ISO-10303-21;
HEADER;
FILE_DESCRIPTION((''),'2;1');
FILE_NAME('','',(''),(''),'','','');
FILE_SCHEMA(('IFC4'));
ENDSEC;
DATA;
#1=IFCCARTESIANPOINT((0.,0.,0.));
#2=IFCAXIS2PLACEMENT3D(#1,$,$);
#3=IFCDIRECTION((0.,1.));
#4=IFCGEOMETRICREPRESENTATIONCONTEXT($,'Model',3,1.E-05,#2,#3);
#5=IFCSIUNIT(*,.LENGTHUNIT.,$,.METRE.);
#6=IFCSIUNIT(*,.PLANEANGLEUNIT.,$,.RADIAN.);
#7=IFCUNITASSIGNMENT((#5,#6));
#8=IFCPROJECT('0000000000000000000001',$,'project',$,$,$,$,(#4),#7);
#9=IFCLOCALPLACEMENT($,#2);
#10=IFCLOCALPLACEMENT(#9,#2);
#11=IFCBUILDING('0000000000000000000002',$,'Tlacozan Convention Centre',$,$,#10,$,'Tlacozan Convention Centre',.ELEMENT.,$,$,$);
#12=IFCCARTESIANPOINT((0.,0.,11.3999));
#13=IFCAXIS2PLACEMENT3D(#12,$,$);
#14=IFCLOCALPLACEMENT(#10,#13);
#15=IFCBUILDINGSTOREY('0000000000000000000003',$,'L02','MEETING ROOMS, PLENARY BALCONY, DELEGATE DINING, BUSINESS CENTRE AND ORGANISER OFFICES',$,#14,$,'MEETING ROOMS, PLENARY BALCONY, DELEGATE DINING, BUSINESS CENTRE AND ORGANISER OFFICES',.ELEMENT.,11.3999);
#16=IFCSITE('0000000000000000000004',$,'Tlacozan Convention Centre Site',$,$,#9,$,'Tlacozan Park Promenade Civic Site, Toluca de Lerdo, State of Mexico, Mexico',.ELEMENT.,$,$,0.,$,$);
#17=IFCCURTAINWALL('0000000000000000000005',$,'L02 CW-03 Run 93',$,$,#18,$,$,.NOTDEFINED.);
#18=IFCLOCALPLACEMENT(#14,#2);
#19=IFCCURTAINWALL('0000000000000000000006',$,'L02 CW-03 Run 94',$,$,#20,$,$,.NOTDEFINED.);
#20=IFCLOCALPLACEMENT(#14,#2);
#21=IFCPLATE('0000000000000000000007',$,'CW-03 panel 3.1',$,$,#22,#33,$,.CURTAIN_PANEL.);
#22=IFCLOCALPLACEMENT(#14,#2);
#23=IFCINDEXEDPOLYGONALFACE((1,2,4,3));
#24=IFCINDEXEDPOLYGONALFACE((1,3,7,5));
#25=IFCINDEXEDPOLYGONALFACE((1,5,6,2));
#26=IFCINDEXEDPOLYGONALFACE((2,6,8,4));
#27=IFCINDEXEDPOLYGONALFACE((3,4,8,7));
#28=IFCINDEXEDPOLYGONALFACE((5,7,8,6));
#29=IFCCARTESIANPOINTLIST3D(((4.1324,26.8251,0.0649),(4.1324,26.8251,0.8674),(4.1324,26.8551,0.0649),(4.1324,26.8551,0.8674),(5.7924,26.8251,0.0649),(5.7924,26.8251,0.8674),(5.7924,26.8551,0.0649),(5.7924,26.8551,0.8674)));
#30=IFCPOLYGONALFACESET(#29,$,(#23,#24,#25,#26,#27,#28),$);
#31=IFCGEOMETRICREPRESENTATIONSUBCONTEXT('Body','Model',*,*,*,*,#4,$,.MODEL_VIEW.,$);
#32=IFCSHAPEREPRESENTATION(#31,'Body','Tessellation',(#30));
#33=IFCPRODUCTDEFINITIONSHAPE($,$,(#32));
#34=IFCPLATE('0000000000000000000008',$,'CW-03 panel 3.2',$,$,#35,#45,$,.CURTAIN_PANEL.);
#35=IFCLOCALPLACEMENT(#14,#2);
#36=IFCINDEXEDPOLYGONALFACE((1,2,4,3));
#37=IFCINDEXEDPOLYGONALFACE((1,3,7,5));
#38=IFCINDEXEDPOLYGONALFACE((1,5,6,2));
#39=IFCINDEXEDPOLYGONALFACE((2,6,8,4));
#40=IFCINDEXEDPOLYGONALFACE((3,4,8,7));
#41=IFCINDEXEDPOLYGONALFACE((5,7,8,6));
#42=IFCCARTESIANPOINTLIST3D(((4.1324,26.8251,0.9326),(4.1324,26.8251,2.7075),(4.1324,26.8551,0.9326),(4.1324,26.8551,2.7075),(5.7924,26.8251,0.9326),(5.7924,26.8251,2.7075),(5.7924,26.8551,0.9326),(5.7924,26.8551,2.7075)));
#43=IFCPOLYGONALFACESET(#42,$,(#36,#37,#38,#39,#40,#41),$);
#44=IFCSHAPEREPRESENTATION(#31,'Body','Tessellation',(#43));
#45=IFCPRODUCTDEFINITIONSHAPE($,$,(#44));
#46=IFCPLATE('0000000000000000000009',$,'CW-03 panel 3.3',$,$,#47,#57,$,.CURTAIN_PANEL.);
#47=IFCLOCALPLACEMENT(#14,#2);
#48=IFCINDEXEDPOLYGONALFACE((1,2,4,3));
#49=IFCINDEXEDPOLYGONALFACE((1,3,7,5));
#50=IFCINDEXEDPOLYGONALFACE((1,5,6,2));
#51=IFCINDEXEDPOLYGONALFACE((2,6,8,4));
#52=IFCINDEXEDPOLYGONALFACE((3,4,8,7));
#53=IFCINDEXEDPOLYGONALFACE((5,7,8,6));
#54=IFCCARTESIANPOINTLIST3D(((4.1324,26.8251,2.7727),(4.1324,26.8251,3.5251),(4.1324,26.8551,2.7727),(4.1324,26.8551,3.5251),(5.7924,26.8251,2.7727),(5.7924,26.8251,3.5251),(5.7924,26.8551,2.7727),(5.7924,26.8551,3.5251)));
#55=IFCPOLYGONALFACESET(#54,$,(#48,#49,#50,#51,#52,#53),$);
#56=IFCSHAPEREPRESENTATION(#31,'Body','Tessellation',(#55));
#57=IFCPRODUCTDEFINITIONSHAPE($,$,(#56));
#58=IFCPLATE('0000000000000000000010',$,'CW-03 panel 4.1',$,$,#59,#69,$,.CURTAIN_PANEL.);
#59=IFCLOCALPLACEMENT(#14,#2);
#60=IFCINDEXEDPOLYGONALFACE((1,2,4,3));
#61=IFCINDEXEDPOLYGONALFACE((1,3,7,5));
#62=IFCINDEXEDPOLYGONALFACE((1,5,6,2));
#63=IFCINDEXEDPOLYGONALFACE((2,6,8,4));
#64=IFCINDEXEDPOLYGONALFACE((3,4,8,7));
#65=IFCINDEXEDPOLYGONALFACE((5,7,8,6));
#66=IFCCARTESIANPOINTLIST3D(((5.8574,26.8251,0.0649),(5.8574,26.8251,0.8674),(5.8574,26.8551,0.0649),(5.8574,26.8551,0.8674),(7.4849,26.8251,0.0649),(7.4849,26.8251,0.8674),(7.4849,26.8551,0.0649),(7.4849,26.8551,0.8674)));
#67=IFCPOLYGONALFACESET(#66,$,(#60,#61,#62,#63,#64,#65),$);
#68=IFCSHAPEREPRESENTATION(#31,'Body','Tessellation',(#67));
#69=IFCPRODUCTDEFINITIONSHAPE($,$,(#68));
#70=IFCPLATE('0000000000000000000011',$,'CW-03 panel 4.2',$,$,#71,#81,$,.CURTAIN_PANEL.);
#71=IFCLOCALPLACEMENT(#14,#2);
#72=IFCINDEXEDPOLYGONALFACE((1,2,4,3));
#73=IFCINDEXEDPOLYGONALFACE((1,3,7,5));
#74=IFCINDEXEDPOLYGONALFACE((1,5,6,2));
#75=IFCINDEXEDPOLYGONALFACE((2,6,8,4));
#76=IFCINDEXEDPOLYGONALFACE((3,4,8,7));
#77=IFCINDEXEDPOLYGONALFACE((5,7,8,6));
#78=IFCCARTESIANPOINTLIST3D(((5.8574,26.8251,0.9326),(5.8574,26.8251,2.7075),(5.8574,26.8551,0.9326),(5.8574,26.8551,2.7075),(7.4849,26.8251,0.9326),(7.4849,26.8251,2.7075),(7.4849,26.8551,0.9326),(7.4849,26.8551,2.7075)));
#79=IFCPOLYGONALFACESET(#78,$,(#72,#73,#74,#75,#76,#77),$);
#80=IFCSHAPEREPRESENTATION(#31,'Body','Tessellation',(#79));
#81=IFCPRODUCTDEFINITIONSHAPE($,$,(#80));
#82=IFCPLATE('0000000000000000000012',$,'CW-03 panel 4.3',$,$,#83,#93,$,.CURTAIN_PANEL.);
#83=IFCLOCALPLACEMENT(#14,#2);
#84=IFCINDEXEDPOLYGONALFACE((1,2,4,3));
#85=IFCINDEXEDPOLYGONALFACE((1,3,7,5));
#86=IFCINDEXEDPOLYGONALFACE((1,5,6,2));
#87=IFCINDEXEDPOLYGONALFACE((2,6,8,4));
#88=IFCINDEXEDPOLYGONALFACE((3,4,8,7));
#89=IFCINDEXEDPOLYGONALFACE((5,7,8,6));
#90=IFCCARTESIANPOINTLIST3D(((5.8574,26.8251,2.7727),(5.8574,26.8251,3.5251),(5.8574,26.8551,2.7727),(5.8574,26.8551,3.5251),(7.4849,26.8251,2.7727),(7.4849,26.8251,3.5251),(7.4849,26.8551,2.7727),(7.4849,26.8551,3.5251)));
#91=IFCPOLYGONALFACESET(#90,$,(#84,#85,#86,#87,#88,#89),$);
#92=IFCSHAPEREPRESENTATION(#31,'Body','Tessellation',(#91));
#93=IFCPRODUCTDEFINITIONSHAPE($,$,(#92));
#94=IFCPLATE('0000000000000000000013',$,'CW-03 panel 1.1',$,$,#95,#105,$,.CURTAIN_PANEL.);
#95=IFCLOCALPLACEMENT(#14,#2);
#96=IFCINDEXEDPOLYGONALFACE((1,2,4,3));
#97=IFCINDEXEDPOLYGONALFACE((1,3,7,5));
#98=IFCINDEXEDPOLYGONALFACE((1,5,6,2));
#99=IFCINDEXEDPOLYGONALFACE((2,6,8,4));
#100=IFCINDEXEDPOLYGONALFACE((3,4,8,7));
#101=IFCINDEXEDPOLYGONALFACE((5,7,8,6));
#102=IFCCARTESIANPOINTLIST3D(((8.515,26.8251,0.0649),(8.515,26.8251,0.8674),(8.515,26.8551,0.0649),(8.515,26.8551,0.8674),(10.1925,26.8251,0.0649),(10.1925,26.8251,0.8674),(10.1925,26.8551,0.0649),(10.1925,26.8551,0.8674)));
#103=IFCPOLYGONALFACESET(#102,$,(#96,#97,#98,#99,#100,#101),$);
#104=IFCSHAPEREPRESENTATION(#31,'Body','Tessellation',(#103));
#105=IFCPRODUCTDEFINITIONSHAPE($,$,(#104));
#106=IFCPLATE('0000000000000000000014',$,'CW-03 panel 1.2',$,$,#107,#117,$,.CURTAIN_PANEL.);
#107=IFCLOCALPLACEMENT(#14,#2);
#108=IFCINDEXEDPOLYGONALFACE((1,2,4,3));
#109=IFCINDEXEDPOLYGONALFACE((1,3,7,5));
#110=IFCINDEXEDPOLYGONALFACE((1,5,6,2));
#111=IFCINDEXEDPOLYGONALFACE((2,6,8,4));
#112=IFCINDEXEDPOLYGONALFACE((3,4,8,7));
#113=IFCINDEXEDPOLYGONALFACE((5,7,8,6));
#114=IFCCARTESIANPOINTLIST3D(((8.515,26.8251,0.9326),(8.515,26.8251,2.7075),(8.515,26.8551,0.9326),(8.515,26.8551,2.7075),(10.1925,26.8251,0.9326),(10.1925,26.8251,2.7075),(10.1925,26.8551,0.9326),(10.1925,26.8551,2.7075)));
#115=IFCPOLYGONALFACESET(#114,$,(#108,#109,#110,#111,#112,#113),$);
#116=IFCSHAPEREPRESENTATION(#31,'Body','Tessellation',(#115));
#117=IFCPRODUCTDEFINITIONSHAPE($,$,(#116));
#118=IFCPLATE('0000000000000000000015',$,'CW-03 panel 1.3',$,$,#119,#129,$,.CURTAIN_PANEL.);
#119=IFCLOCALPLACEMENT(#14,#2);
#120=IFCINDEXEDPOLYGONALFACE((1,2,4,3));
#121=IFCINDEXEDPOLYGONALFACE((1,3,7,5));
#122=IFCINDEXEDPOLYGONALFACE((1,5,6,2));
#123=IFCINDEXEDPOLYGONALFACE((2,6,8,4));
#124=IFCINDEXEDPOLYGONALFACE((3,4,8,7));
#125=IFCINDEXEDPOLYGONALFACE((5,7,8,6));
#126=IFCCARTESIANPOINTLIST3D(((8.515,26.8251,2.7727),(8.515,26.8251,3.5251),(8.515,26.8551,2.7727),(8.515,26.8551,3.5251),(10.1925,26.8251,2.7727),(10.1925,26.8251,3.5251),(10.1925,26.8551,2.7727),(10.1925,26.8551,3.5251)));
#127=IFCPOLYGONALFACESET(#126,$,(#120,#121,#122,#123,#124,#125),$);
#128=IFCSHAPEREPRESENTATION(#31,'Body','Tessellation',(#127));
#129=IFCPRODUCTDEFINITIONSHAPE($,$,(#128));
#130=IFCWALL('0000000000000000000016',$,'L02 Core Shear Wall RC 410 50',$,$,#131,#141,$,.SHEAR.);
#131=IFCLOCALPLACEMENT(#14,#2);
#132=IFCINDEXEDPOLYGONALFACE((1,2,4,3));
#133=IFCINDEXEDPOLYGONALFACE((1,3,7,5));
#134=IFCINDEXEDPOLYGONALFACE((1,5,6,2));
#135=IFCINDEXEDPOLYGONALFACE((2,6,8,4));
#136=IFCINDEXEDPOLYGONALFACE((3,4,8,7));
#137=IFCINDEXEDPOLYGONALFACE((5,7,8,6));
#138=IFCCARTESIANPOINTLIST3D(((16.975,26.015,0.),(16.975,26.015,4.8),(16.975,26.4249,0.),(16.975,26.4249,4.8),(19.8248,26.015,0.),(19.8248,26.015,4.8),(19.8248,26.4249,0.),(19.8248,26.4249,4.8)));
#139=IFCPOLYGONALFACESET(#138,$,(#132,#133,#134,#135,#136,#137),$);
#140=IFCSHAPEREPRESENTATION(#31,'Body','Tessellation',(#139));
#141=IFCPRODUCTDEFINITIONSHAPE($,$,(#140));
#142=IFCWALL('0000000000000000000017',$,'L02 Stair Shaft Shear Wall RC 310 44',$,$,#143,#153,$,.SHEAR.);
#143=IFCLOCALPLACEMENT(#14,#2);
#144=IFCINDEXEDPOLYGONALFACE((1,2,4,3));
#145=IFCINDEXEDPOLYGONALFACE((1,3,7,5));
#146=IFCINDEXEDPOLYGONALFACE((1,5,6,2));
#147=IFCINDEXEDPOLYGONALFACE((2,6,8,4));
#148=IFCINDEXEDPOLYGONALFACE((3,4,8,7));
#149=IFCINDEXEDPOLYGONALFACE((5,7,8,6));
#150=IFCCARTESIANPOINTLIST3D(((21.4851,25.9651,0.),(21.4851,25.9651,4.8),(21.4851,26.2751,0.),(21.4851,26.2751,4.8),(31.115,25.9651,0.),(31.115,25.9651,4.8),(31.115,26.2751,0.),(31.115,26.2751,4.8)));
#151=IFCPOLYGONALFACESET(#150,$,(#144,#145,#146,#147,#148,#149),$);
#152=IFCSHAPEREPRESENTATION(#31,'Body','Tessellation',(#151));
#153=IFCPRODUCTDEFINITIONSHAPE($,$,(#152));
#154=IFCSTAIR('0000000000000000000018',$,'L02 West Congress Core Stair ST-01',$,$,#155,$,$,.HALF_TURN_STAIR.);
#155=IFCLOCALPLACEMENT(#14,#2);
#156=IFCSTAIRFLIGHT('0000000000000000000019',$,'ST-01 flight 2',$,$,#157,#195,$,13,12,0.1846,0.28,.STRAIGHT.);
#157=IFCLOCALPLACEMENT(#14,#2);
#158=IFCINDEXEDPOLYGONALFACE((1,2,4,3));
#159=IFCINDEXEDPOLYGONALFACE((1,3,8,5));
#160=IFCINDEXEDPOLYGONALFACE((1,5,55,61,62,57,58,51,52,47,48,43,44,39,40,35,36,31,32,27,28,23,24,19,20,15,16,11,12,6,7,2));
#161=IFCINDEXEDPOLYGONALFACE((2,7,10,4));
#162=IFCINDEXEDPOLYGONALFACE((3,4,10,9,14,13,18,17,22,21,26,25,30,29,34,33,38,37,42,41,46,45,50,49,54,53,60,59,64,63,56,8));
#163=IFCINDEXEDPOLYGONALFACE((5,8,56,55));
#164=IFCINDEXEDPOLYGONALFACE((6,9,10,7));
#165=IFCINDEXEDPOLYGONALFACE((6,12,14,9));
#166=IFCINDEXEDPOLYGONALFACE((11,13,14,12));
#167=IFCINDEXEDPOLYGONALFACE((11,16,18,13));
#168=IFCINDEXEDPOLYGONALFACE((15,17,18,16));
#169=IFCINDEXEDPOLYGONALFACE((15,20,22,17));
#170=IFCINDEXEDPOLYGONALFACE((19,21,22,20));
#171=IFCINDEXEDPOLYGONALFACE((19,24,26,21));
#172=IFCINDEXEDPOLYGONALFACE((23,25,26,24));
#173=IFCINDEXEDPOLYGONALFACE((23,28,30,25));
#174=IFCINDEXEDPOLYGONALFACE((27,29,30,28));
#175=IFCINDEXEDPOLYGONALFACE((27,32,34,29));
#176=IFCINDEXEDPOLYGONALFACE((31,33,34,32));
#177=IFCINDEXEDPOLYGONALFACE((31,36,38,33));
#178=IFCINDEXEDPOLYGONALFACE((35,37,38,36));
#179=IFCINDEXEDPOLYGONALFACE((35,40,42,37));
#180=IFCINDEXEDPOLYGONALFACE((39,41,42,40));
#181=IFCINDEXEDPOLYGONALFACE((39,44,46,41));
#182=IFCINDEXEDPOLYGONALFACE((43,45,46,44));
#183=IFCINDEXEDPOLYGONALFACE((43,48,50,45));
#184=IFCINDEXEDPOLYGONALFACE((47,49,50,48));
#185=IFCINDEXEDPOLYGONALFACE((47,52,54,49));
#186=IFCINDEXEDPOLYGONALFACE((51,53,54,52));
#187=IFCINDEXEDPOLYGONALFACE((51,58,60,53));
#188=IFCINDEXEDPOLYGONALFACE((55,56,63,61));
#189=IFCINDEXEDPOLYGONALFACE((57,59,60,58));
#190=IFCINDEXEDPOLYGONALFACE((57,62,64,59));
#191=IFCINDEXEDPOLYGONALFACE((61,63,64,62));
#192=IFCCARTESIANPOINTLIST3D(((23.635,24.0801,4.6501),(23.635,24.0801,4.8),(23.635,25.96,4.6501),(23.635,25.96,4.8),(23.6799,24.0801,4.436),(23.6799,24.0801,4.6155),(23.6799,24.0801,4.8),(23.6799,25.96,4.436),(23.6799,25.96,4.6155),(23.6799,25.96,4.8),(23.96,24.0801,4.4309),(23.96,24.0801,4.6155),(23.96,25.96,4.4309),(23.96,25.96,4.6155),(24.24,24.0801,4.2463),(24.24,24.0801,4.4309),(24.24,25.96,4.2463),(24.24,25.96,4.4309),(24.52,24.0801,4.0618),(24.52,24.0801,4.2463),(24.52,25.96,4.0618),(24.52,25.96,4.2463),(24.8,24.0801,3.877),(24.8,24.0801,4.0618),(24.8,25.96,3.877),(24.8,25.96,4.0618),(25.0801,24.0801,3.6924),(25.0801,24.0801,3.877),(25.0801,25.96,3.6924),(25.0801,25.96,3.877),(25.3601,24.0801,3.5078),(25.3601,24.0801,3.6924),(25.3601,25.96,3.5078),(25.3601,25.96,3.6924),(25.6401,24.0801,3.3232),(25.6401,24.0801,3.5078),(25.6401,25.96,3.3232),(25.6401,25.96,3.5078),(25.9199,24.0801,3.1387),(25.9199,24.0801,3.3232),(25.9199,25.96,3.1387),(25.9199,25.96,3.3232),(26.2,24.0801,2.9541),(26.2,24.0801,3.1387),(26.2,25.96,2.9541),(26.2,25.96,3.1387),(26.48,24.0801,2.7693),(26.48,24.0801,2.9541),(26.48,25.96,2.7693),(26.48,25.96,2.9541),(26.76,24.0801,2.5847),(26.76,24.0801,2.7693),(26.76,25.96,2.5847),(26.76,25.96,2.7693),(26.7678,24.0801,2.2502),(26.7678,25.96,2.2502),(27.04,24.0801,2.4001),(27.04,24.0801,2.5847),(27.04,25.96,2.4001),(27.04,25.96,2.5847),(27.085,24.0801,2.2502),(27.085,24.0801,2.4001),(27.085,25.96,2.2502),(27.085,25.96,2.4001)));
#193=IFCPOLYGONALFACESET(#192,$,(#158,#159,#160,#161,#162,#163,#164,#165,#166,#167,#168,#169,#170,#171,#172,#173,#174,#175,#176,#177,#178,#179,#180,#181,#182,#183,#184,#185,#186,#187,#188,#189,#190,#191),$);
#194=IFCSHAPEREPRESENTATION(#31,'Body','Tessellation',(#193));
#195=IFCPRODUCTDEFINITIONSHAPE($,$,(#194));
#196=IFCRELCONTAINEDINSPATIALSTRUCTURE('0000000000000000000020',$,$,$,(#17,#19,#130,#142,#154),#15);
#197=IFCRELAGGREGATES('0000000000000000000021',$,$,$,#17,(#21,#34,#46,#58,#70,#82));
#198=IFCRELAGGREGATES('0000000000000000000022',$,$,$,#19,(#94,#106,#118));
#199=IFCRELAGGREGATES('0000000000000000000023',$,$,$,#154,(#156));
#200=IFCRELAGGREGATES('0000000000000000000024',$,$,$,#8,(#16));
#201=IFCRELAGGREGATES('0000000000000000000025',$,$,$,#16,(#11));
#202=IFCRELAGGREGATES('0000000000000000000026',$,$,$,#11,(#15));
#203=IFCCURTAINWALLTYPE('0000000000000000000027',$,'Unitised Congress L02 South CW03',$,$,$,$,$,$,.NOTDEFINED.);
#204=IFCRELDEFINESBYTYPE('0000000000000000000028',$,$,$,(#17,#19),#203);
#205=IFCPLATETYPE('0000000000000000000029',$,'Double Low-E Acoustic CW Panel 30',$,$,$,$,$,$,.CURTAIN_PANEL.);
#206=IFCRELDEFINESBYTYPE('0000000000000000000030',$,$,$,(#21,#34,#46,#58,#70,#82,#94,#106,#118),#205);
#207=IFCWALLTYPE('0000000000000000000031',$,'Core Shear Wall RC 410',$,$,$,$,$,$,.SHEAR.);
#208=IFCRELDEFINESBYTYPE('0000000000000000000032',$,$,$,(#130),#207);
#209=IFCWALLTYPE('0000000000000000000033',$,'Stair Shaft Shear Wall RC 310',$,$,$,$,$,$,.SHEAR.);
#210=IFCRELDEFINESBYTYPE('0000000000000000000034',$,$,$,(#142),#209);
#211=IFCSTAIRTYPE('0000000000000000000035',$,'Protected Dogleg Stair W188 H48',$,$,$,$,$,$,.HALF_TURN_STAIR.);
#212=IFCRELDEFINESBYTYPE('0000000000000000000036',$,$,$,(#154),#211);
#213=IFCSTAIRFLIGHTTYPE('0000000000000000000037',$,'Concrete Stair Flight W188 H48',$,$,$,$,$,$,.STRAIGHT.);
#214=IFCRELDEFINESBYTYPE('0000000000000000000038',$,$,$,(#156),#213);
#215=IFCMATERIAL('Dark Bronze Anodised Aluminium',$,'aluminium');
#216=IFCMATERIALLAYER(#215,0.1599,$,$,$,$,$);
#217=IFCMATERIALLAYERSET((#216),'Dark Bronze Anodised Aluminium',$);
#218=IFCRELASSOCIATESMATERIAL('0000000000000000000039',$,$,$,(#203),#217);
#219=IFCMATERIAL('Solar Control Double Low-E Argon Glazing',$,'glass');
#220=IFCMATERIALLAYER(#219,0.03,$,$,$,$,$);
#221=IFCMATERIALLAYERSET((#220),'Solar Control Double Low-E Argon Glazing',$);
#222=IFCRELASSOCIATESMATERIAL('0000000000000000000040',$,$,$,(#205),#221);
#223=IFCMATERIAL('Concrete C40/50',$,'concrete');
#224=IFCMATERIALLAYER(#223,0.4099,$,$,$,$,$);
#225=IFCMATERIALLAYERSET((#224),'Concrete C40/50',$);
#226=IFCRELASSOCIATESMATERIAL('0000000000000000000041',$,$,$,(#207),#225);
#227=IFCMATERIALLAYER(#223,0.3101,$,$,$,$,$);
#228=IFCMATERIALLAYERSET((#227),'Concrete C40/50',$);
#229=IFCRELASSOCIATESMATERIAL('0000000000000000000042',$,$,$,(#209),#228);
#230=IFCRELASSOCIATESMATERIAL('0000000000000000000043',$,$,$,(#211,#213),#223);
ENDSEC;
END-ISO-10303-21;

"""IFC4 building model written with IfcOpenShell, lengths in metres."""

from ifc_helpers import new_model, si_unit, direction, frame, frame_2d, origin, origin_2d, place, context, subcontext, project, spatial, polyline, rectangle, outline, extrude, material, layer, layer_set, type_object, element, aggregate, save


model = new_model("IFC4")

# Units and contexts
model_context = context("Model", 3, precision=1e-05, world=origin(), true_north=direction((0.0, 1.0)))
body_context = subcontext(model_context, "Body", "Model", "MODEL_VIEW")
ifc_project = project(units=[si_unit("LENGTHUNIT", "METRE"), si_unit("PLANEANGLEUNIT", "RADIAN")], contexts=[model_context])

# Site, building, storey
site_placement = place(None, origin())
site = spatial("IfcSite", under=ifc_project, at=site_placement, Name="Tlacozan Convention Centre Site", LongName="Tlacozan Park Promenade Civic Site, Toluca de Lerdo, State of Mexico, Mexico", CompositionType="ELEMENT", RefElevation=0.0)
building_placement = place(site_placement, origin())
building = spatial("IfcBuilding", under=site, at=building_placement, Name="Tlacozan Convention Centre", LongName="Tlacozan Convention Centre", CompositionType="ELEMENT")
storey_placement = place(building_placement, frame((0.0, 0.0, 11.3999)))
storey = spatial("IfcBuildingStorey", under=building, at=storey_placement, Name="L02", Description="MEETING ROOMS, PLENARY BALCONY, DELEGATE DINING, BUSINESS CENTRE AND ORGANISER OFFICES", LongName="MEETING ROOMS, PLENARY BALCONY, DELEGATE DINING, BUSINESS CENTRE AND ORGANISER OFFICES", CompositionType="ELEMENT", Elevation=11.3999)

# Curtain walls
ifc_material_1 = material(Name="Dark Bronze Anodised Aluminium", Category="aluminium")
ifc_layer_1 = layer(ifc_material_1, 0.1599)
ifc_layer_set_1 = layer_set([ifc_layer_1], Name="Dark Bronze Anodised Aluminium")
curtain_wall_type = type_object("IfcCurtainWallType", Name="Unitised Congress L02 South CW03", PredefinedType="NOTDEFINED", material=ifc_layer_set_1)
curtain_wall_1_placement = place(storey_placement, origin())
curtain_wall_1 = element("IfcCurtainWall", 1, at=curtain_wall_1_placement, inside=storey, type_object=curtain_wall_type, Name="L02 CW-03 Run 93", PredefinedType="NOTDEFINED")
curtain_wall_2_placement = place(storey_placement, origin())
curtain_wall_2 = element("IfcCurtainWall", 2, at=curtain_wall_2_placement, inside=storey, type_object=curtain_wall_type, Name="L02 CW-03 Run 94", PredefinedType="NOTDEFINED")

# Plates
ifc_material_2 = material(Name="Solar Control Double Low-E Argon Glazing", Category="glass")
ifc_layer_2 = layer(ifc_material_2, 0.03)
ifc_layer_set_2 = layer_set([ifc_layer_2], Name="Solar Control Double Low-E Argon Glazing")
plate_type = type_object("IfcPlateType", Name="Double Low-E Acoustic CW Panel 30", PredefinedType="CURTAIN_PANEL", material=ifc_layer_set_2)
plate_1_placement = place(storey_placement, frame((4.9624, 26.8401, 0.0649), z_axis=(0.0, 0.0, 1.0), x_axis=(1.0, 0.0, 0.0)))
plate_1 = element("IfcPlate", 3, at=plate_1_placement, type_object=plate_type, Name="CW-03 panel 3.1", PredefinedType="CURTAIN_PANEL", context=body_context, shape_type="SweptSolid", body=[
    extrude(rectangle(XDim=1.6599, YDim=0.03, at=origin_2d()), origin(), (0.0, 0.0, 1.0), 0.8025),
])
plate_2_placement = place(storey_placement, frame((4.9624, 26.8401, 0.9326), z_axis=(0.0, 0.0, 1.0), x_axis=(1.0, 0.0, 0.0)))
plate_2 = element("IfcPlate", 4, at=plate_2_placement, type_object=plate_type, Name="CW-03 panel 3.2", PredefinedType="CURTAIN_PANEL", context=body_context, shape_type="SweptSolid", body=[
    extrude(rectangle(XDim=1.6599, YDim=0.03, at=origin_2d()), origin(), (0.0, 0.0, 1.0), 1.7749),
])
plate_3_placement = place(storey_placement, frame((4.9624, 26.8401, 2.7727), z_axis=(0.0, 0.0, 1.0), x_axis=(1.0, 0.0, 0.0)))
plate_3 = element("IfcPlate", 5, at=plate_3_placement, type_object=plate_type, Name="CW-03 panel 3.3", PredefinedType="CURTAIN_PANEL", context=body_context, shape_type="SweptSolid", body=[
    extrude(rectangle(XDim=1.6599, YDim=0.03, at=origin_2d()), origin(), (0.0, 0.0, 1.0), 0.7524),
])
plate_4_placement = place(storey_placement, frame((6.6711, 26.8401, 0.0649), z_axis=(0.0, 0.0, 1.0), x_axis=(1.0, 0.0, 0.0)))
plate_4 = element("IfcPlate", 6, at=plate_4_placement, type_object=plate_type, Name="CW-03 panel 4.1", PredefinedType="CURTAIN_PANEL", context=body_context, shape_type="SweptSolid", body=[
    extrude(rectangle(XDim=1.6274, YDim=0.03, at=origin_2d()), origin(), (0.0, 0.0, 1.0), 0.8025),
])
plate_5_placement = place(storey_placement, frame((6.6711, 26.8401, 0.9326), z_axis=(0.0, 0.0, 1.0), x_axis=(1.0, 0.0, 0.0)))
plate_5 = element("IfcPlate", 7, at=plate_5_placement, type_object=plate_type, Name="CW-03 panel 4.2", PredefinedType="CURTAIN_PANEL", context=body_context, shape_type="SweptSolid", body=[
    extrude(rectangle(XDim=1.6274, YDim=0.03, at=origin_2d()), origin(), (0.0, 0.0, 1.0), 1.7749),
])
plate_6_placement = place(storey_placement, frame((6.6711, 26.8401, 2.7727), z_axis=(0.0, 0.0, 1.0), x_axis=(1.0, 0.0, 0.0)))
plate_6 = element("IfcPlate", 8, at=plate_6_placement, type_object=plate_type, Name="CW-03 panel 4.3", PredefinedType="CURTAIN_PANEL", context=body_context, shape_type="SweptSolid", body=[
    extrude(rectangle(XDim=1.6274, YDim=0.03, at=origin_2d()), origin(), (0.0, 0.0, 1.0), 0.7524),
])
aggregate(curtain_wall_1, [plate_1, plate_2, plate_3, plate_4, plate_5, plate_6])
plate_7_placement = place(storey_placement, frame((9.3538, 26.8401, 0.0649), z_axis=(0.0, 0.0, 1.0), x_axis=(1.0, 0.0, 0.0)))
plate_7 = element("IfcPlate", 9, at=plate_7_placement, type_object=plate_type, Name="CW-03 panel 1.1", PredefinedType="CURTAIN_PANEL", context=body_context, shape_type="SweptSolid", body=[
    extrude(rectangle(XDim=1.6775, YDim=0.03, at=origin_2d()), origin(), (0.0, 0.0, 1.0), 0.8025),
])
plate_8_placement = place(storey_placement, frame((9.3538, 26.8401, 0.9326), z_axis=(0.0, 0.0, 1.0), x_axis=(1.0, 0.0, 0.0)))
plate_8 = element("IfcPlate", 10, at=plate_8_placement, type_object=plate_type, Name="CW-03 panel 1.2", PredefinedType="CURTAIN_PANEL", context=body_context, shape_type="SweptSolid", body=[
    extrude(rectangle(XDim=1.6775, YDim=0.03, at=origin_2d()), origin(), (0.0, 0.0, 1.0), 1.7749),
])
plate_9_placement = place(storey_placement, frame((9.3538, 26.8401, 2.7727), z_axis=(0.0, 0.0, 1.0), x_axis=(1.0, 0.0, 0.0)))
plate_9 = element("IfcPlate", 11, at=plate_9_placement, type_object=plate_type, Name="CW-03 panel 1.3", PredefinedType="CURTAIN_PANEL", context=body_context, shape_type="SweptSolid", body=[
    extrude(rectangle(XDim=1.6775, YDim=0.03, at=origin_2d()), origin(), (0.0, 0.0, 1.0), 0.7524),
])
aggregate(curtain_wall_2, [plate_7, plate_8, plate_9])

# Walls
ifc_material_3 = material(Name="Concrete C40/50", Category="concrete")
ifc_layer_3 = layer(ifc_material_3, 0.4099)
ifc_layer_set_3 = layer_set([ifc_layer_3], Name="Concrete C40/50")
wall_type_1 = type_object("IfcWallType", Name="Core Shear Wall RC 410", PredefinedType="SHEAR", material=ifc_layer_set_3)
wall_1_placement = place(storey_placement, frame((16.9751, 26.22, 0.0), z_axis=(0.0, 0.0, 1.0), x_axis=(1.0, 0.0, 0.0)))
element("IfcWall", 12, at=wall_1_placement, inside=storey, type_object=wall_type_1, Name="L02 Core Shear Wall RC 410 50", PredefinedType="SHEAR", context=body_context, shape_type="SweptSolid", body=[
    extrude(rectangle(XDim=2.8499, YDim=0.4099, at=frame_2d((1.4248, 0.0))), origin(), (0.0, 0.0, 1.0), 4.8),
])
ifc_layer_4 = layer(ifc_material_3, 0.3101)
ifc_layer_set_4 = layer_set([ifc_layer_4], Name="Concrete C40/50")
wall_type_2 = type_object("IfcWallType", Name="Stair Shaft Shear Wall RC 310", PredefinedType="SHEAR", material=ifc_layer_set_4)
wall_2_placement = place(storey_placement, frame((21.4851, 26.1201, 0.0), z_axis=(0.0, 0.0, 1.0), x_axis=(1.0, 0.0, 0.0)))
element("IfcWall", 13, at=wall_2_placement, inside=storey, type_object=wall_type_2, Name="L02 Stair Shaft Shear Wall RC 310 44", PredefinedType="SHEAR", context=body_context, shape_type="SweptSolid", body=[
    extrude(rectangle(XDim=9.6299, YDim=0.3101, at=frame_2d((4.8149, 0.0))), origin(), (0.0, 0.0, 1.0), 4.8),
])

# Stair, stair flight
stair_type = type_object("IfcStairType", Name="Protected Dogleg Stair W188 H48", PredefinedType="HALF_TURN_STAIR", material=ifc_material_3)
stair_placement = place(storey_placement, origin())
stair = element("IfcStair", 14, at=stair_placement, inside=storey, type_object=stair_type, Name="L02 West Congress Core Stair ST-01", PredefinedType="HALF_TURN_STAIR")
stair_flight_type = type_object("IfcStairFlightType", Name="Concrete Stair Flight W188 H48", PredefinedType="STRAIGHT", material=ifc_material_3)
stair_flight_placement = place(storey_placement, frame((27.04, 25.02, 2.4001), z_axis=(0.0, 0.0, 1.0), x_axis=(-1.0, 0.0, 0.0)))
stair_flight = element("IfcStairFlight", 15, at=stair_flight_placement, type_object=stair_flight_type, Name="ST-01 flight 2", NumberOfRisers=13, NumberOfTreads=12, PredefinedType="STRAIGHT", RiserHeight=0.1846, TreadLength=0.28, context=body_context, shape_type="SweptSolid", body=[
    extrude(outline(polyline([(-0.0449, -0.1499), (-0.0449, 0.0), (0.0, 0.0), (0.0, 0.1846), (0.28, 0.1846), (0.28, 0.3691), (0.5601, 0.3691), (0.5601, 0.554), (0.8401, 0.554), (0.8401, 0.7385), (1.1201, 0.7385), (1.1201, 0.9231), (1.3999, 0.9231), (1.3999, 1.1077), (1.6799, 1.1077), (1.6799, 1.2922), (1.96, 1.2922), (1.96, 1.4768), (2.24, 1.4768), (2.24, 1.6616), (2.52, 1.6616), (2.52, 1.8462), (2.8, 1.8462), (2.8, 2.0308), (3.0801, 2.0308), (3.0801, 2.2153), (3.3601, 2.2153), (3.3601, 2.3999), (3.405, 2.3999), (3.405, 2.25), (3.3601, 2.0359), (0.2722, -0.1499), (-0.0449, -0.1499)])), frame((0.0, 0.9399, 0.0), z_axis=(0.0, -1.0, 0.0), x_axis=(1.0, 0.0, 0.0)), (0.0, 0.0, 1.0), 1.8799),
])
aggregate(stair, [stair_flight])

save(model, "model.ifc")
